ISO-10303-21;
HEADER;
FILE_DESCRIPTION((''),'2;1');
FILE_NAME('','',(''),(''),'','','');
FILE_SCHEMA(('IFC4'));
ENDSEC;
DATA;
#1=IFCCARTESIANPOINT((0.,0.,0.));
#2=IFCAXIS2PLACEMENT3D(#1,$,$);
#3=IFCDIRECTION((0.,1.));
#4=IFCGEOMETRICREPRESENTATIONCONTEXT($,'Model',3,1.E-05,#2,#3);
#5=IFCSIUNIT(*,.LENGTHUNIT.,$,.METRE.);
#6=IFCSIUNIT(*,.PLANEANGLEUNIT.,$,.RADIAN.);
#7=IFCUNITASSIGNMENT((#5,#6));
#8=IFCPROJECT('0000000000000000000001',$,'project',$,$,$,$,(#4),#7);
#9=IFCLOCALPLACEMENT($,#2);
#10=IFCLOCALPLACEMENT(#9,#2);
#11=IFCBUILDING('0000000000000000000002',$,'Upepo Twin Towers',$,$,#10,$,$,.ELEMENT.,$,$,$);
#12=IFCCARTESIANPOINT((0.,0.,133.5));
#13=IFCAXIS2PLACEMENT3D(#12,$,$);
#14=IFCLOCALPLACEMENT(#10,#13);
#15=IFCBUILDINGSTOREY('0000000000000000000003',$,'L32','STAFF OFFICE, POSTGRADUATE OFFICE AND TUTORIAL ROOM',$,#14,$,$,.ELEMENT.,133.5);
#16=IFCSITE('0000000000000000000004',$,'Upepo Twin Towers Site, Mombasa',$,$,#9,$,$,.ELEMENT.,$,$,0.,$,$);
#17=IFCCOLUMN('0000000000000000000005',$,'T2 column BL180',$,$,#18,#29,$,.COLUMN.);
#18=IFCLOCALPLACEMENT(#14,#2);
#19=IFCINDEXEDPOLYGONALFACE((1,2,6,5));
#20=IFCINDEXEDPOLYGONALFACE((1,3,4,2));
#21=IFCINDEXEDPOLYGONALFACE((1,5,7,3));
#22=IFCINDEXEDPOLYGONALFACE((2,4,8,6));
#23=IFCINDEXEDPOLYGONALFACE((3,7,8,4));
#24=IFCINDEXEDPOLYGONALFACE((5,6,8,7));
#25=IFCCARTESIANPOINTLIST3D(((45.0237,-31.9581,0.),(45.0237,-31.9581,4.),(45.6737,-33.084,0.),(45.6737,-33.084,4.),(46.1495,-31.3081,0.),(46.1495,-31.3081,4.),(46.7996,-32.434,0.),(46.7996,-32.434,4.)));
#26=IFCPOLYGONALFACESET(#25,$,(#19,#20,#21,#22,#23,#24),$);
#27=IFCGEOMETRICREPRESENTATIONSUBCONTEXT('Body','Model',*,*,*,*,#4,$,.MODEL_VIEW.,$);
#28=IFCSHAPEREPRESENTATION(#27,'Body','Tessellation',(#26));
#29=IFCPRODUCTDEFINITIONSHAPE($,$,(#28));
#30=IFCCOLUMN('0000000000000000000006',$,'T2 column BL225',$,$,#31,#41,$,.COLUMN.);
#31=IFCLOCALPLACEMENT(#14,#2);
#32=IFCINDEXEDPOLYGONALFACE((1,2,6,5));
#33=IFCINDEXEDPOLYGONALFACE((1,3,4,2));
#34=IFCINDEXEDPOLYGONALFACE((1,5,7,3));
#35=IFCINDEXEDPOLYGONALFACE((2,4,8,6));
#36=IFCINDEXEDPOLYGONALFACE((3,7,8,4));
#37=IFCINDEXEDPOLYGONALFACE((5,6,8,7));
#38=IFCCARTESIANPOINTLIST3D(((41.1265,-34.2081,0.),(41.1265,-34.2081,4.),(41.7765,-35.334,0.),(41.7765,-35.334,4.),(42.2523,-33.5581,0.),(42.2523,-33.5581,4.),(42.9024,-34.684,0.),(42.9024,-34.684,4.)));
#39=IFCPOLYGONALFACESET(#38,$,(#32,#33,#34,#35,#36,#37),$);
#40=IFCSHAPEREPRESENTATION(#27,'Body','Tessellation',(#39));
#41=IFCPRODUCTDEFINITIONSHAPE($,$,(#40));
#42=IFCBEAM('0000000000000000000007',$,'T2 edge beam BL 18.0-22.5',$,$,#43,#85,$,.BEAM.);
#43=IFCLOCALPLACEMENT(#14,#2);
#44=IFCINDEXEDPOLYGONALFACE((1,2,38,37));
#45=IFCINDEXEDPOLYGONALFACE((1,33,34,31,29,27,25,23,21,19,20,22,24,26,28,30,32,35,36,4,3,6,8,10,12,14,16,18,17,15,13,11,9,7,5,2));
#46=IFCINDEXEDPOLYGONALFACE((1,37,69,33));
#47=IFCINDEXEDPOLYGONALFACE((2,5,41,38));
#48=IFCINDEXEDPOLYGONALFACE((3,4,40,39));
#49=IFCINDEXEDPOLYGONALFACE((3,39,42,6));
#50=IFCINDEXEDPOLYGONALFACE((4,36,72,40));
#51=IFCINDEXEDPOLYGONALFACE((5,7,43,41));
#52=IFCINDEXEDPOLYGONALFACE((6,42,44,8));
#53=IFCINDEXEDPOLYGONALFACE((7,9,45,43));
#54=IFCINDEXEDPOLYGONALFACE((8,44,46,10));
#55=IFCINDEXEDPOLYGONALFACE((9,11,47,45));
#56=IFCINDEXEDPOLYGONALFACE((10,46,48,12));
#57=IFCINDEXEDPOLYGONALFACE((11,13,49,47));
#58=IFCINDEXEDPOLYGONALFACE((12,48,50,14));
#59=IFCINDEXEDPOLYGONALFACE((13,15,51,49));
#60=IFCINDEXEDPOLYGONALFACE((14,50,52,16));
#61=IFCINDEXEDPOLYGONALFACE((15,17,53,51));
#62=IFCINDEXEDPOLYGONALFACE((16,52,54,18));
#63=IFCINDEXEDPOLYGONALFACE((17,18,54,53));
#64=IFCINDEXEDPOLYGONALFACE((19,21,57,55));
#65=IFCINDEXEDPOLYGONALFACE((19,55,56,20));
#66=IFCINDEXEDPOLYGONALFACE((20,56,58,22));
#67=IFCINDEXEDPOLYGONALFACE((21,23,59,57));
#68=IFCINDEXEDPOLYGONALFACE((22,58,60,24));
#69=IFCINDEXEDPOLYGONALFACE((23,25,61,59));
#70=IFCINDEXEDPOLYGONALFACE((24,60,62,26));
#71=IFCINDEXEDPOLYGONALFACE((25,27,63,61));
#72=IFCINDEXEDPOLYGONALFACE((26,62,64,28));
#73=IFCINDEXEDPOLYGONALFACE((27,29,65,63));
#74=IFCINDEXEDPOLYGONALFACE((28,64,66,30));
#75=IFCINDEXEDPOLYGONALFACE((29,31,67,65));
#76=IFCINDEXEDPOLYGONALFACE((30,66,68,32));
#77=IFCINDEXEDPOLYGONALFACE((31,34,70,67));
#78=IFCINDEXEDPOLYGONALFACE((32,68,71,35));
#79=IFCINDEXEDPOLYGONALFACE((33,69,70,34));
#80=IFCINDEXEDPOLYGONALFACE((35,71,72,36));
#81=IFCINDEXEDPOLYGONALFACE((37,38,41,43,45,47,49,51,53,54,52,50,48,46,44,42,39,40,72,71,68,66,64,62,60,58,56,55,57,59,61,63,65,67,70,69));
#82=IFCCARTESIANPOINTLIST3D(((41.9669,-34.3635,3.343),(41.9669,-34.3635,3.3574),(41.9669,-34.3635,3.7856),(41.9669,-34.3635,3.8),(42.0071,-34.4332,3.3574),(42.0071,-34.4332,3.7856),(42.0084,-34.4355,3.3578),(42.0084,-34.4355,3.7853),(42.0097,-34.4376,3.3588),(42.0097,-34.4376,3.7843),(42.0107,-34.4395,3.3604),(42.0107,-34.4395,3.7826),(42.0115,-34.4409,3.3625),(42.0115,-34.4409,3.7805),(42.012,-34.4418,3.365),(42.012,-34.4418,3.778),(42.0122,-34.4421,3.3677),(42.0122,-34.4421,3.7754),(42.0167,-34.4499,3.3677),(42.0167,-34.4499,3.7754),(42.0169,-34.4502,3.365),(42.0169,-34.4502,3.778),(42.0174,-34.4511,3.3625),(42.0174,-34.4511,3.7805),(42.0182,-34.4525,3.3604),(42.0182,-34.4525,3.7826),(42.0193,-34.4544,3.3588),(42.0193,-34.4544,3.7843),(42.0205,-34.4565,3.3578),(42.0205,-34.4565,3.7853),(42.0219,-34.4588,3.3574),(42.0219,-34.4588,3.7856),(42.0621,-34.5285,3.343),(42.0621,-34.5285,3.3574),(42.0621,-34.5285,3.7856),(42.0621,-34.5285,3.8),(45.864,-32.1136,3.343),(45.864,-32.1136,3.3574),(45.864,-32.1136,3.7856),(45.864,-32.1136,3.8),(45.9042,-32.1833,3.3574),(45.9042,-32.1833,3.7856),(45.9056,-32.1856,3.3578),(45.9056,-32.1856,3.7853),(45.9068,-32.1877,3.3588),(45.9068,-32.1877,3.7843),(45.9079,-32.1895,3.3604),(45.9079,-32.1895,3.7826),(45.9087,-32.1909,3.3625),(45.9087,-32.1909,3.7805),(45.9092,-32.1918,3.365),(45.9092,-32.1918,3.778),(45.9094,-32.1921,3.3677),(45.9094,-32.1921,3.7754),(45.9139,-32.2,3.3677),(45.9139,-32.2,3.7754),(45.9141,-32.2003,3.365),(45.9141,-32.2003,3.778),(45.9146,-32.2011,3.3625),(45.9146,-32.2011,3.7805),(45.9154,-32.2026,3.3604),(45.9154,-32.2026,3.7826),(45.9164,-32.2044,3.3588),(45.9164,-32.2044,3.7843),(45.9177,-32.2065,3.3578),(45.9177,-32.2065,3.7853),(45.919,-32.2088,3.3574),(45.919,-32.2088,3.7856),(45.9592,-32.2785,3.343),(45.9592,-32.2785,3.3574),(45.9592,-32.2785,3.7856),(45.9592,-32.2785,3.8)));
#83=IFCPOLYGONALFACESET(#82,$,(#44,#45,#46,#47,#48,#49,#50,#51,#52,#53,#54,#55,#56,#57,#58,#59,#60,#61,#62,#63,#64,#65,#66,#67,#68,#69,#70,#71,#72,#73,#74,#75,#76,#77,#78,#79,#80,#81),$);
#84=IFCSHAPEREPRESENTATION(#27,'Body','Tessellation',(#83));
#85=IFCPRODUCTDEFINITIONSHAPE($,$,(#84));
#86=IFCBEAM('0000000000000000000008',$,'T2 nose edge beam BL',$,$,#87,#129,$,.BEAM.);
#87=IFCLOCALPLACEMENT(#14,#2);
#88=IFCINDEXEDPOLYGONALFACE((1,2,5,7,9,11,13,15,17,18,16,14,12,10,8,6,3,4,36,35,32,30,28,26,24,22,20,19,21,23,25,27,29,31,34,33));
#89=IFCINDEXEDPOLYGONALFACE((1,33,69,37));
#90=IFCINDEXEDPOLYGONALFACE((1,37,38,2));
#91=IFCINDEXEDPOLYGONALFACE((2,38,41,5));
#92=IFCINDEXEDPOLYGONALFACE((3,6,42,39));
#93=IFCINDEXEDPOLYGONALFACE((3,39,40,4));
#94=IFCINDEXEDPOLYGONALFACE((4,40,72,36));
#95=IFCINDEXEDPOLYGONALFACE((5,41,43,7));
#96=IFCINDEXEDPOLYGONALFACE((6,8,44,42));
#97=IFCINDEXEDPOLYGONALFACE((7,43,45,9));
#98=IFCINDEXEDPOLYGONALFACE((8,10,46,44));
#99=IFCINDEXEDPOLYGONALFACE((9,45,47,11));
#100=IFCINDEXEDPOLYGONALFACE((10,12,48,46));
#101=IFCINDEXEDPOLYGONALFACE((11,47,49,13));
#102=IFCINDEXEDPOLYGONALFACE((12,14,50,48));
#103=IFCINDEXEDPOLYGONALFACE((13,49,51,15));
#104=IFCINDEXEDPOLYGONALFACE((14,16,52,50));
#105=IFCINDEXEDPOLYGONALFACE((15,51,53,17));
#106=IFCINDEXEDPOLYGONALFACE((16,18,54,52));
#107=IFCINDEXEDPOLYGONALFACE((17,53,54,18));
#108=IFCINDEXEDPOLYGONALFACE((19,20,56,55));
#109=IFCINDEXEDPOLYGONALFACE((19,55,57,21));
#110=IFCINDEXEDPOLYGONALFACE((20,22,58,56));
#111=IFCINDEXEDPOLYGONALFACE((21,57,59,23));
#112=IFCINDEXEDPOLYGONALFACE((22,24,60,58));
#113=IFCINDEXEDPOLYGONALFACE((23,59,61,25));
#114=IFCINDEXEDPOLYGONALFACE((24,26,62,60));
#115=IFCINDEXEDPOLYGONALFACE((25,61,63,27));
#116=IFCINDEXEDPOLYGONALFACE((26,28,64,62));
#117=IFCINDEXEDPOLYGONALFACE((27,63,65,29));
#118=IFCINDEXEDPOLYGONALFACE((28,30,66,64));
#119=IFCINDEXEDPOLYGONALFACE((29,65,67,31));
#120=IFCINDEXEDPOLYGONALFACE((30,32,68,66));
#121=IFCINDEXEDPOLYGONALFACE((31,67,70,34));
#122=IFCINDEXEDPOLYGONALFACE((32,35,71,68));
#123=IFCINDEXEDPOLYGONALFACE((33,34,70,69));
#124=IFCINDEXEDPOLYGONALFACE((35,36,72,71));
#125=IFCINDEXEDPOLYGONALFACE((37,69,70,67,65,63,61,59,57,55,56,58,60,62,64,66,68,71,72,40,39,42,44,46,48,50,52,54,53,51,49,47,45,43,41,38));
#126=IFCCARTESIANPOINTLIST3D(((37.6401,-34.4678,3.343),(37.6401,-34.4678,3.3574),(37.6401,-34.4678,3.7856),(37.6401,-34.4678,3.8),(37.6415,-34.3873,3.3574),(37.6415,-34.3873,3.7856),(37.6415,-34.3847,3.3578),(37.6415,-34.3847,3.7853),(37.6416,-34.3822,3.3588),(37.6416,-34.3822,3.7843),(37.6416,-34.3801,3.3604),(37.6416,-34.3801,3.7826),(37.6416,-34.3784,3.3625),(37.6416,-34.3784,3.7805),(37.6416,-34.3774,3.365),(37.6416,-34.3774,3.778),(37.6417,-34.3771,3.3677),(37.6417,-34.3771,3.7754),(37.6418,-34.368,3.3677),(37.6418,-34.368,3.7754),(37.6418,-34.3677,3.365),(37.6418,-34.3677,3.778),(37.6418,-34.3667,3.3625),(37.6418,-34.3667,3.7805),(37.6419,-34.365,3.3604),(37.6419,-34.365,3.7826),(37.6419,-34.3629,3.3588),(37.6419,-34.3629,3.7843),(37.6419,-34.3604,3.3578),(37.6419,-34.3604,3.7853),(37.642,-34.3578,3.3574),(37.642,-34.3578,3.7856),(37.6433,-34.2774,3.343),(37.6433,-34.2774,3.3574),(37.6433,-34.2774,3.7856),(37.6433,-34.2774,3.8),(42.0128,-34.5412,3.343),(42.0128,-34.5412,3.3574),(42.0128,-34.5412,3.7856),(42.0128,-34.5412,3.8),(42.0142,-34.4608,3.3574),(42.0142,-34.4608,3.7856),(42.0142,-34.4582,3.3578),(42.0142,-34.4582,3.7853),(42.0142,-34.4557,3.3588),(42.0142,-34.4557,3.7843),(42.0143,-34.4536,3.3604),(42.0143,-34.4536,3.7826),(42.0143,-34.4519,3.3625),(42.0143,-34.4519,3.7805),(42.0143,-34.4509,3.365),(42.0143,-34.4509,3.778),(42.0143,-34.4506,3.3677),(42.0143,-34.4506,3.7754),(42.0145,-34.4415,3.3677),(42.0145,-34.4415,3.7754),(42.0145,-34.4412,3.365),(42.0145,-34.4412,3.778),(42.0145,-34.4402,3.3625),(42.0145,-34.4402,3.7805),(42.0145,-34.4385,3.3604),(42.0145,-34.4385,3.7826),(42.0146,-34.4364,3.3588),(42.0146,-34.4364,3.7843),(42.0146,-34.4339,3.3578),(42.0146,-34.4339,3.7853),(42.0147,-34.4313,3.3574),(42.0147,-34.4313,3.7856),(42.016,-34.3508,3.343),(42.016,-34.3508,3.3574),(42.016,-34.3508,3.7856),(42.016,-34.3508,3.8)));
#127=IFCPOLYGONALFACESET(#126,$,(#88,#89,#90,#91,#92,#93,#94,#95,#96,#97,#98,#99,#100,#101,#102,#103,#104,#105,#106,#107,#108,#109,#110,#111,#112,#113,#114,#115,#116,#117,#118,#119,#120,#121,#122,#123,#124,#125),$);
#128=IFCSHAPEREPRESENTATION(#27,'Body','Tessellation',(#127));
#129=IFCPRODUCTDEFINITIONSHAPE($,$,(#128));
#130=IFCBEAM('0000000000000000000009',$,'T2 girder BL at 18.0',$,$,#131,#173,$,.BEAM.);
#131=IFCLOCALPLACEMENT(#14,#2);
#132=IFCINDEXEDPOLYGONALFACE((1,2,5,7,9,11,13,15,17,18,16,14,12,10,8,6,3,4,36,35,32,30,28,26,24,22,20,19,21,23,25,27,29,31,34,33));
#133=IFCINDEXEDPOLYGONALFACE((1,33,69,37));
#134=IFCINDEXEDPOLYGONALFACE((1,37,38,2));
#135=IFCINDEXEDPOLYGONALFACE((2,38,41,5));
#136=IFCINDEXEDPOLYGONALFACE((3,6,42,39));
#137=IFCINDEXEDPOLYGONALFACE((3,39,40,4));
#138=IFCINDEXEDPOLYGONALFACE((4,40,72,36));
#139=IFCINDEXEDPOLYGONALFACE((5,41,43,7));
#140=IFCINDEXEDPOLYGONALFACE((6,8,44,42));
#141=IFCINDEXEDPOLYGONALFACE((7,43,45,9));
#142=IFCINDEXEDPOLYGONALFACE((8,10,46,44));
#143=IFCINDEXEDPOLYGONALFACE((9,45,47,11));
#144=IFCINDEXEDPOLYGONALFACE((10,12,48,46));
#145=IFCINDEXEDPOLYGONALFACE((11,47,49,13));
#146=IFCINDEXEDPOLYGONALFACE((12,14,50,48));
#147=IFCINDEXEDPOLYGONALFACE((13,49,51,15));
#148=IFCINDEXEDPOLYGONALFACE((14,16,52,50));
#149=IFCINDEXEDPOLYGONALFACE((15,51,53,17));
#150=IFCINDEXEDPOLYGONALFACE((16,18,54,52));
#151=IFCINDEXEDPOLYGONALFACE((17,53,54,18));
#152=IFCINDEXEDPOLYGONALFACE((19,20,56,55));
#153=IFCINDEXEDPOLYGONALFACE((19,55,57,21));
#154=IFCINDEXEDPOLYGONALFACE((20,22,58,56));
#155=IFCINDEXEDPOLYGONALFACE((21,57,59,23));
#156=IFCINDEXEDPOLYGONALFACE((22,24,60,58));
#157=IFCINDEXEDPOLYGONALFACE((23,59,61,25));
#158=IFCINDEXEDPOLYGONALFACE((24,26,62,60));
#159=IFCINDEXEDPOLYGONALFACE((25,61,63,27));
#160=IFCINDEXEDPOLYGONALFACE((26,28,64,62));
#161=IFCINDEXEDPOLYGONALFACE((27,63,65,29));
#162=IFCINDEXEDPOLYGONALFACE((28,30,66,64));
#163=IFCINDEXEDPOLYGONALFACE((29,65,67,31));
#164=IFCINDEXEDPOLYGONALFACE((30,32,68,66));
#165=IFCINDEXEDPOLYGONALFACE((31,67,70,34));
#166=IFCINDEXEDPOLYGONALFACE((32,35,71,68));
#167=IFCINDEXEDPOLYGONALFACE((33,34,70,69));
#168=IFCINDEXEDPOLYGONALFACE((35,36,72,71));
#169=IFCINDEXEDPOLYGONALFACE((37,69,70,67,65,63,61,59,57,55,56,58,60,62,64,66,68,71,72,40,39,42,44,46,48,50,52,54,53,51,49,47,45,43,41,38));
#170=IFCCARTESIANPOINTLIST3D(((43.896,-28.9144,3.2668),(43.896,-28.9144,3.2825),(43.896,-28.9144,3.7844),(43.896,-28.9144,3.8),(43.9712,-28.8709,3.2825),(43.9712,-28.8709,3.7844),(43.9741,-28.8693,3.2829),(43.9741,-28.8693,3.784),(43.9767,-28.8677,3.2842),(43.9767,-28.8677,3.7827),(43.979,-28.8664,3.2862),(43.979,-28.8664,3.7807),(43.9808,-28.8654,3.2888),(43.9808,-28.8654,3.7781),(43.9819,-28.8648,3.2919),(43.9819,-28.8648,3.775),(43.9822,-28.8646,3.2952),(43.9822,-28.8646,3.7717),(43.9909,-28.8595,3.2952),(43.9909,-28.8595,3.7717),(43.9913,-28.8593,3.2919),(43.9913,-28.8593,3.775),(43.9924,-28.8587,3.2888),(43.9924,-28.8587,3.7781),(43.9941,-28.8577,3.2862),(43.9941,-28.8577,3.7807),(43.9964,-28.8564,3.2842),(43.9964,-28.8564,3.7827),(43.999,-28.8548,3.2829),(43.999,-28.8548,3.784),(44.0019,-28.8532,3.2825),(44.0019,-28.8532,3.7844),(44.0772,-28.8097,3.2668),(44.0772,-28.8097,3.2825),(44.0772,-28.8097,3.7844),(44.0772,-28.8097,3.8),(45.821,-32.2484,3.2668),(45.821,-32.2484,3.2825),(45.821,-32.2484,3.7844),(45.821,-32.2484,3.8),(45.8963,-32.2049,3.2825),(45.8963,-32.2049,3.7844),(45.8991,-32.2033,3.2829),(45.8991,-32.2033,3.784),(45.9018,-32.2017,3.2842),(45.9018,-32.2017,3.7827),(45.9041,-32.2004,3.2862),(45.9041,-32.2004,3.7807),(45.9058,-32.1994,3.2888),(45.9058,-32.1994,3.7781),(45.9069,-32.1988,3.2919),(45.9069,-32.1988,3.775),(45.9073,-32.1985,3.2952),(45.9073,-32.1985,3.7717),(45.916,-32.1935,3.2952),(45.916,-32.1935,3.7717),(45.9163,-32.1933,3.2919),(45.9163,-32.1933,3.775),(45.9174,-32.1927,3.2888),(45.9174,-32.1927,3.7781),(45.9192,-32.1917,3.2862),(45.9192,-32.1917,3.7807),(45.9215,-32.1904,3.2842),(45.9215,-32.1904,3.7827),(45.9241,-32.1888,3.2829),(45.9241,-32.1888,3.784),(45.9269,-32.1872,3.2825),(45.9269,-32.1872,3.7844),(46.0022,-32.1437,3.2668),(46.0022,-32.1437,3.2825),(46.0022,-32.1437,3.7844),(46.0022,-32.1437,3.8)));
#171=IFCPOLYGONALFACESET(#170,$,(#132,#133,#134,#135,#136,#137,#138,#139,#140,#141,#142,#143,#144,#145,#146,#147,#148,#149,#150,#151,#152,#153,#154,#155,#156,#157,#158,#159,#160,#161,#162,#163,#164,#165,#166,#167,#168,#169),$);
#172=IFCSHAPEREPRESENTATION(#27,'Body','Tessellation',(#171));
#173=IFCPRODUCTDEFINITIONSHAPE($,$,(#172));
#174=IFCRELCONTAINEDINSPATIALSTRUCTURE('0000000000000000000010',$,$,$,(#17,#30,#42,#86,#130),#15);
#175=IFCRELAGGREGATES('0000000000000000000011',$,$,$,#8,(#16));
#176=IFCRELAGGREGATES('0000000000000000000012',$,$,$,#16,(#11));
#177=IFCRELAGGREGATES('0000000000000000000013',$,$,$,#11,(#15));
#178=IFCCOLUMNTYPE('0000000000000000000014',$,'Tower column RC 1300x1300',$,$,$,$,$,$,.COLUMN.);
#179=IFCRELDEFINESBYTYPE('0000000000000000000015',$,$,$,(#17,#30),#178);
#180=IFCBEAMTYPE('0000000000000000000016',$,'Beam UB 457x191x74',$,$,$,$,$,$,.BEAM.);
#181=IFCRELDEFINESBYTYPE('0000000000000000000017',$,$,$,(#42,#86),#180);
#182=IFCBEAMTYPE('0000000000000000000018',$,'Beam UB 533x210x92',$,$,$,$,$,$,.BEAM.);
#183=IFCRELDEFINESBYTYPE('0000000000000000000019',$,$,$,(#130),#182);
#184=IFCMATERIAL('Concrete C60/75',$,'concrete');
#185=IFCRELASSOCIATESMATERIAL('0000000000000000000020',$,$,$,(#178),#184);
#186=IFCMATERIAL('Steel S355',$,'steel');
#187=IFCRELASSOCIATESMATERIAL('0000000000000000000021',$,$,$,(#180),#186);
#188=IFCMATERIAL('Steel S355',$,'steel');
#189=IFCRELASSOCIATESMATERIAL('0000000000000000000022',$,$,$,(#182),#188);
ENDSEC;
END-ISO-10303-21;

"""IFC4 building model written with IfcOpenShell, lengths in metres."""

from ifc_helpers import new_model, si_unit, direction, frame, origin, origin_2d, place, context, subcontext, project, spatial, rectangle, i_section, extrude, material, material_profile, profile_set, type_object, element, save


model = new_model("IFC4")

# Units and contexts
model_context = context("Model", 3, precision=1e-05, world=origin(), true_north=direction((0.0, 1.0)))
body_context = subcontext(model_context, "Body", "Model", "MODEL_VIEW")
ifc_project = project(units=[si_unit("LENGTHUNIT", "METRE"), si_unit("PLANEANGLEUNIT", "RADIAN")], contexts=[model_context])

# Site, building, storey
site_placement = place(None, origin())
site = spatial("IfcSite", under=ifc_project, at=site_placement, Name="Upepo Twin Towers Site, Mombasa", CompositionType="ELEMENT", RefElevation=0.0)
building_placement = place(site_placement, origin())
building = spatial("IfcBuilding", under=site, at=building_placement, Name="Upepo Twin Towers", CompositionType="ELEMENT")
storey_placement = place(building_placement, frame((0.0, 0.0, 133.5)))
storey = spatial("IfcBuildingStorey", under=building, at=storey_placement, Name="L32", Description="STAFF OFFICE, POSTGRADUATE OFFICE AND TUTORIAL ROOM", CompositionType="ELEMENT", Elevation=133.5)

# Columns
ifc_material_1 = material(Name="Concrete C60/75", Category="concrete")
ifc_material_profile_1 = material_profile(ifc_material_1, rectangle(XDim=1.3, YDim=1.3, at=origin_2d()), Name="RC 1300x1300")
ifc_profile_set_1 = profile_set([ifc_material_profile_1], Name="Concrete C60/75")
column_type = type_object("IfcColumnType", Name="Tower column RC 1300x1300", PredefinedType="COLUMN", material=ifc_profile_set_1)
for number, where, z_axis, x_axis, name in (
    (1, (45.9116, -32.196, 0.0), (0.0, 0.0, 1.0), (0.866025, 0.5, 0.0), "T2 column BL180"),
    (2, (42.0144, -34.446, 0.0), (0.0, 0.0, 1.0), (0.866025, 0.5, 0.0), "T2 column BL225"),
):
    element("IfcColumn", number, at=place(storey_placement, frame(where, z_axis=z_axis, x_axis=x_axis)), inside=storey, type_object=column_type, Name=name, PredefinedType="COLUMN", context=body_context, shape_type="SweptSolid", body=[
        extrude(rectangle(XDim=1.3, YDim=1.3, at=origin_2d()), origin(), (0.0, 0.0, 1.0), 4.0),
    ])

# Beams
ifc_material_2 = material(Name="Steel S355", Category="steel")
ifc_material_profile_2 = material_profile(ifc_material_2, i_section(OverallWidth=0.1904, OverallDepth=0.457, WebThickness=0.009, FlangeThickness=0.0144, FilletRadius=0.0103, at=origin_2d()), Name="UB 457x191x74")
ifc_profile_set_2 = profile_set([ifc_material_profile_2], Name="Steel S355")
beam_type_1 = type_object("IfcBeamType", Name="Beam UB 457x191x74", PredefinedType="BEAM", material=ifc_profile_set_2)
beam_1_placement = place(storey_placement, frame((45.9116, -32.196, 3.5715), z_axis=(-0.866031, -0.49999, 0.0), x_axis=(0.49999, -0.866031, 0.0)))
element("IfcBeam", 3, at=beam_1_placement, inside=storey, type_object=beam_type_1, Name="T2 edge beam BL 18.0-22.5", PredefinedType="BEAM", context=body_context, shape_type="SweptSolid", body=[
    extrude(i_section(OverallWidth=0.1904, OverallDepth=0.457, WebThickness=0.009, FlangeThickness=0.0144, FilletRadius=0.0103, at=origin_2d()), origin(), (0.0, 0.0, 1.0), 4.5),
])
beam_2_placement = place(storey_placement, frame((42.0144, -34.446, 3.5715), z_axis=(-0.999859, 0.016804, 0.0), x_axis=(-0.016804, -0.999859, 0.0)))
element("IfcBeam", 4, at=beam_2_placement, inside=storey, type_object=beam_type_1, Name="T2 nose edge beam BL", PredefinedType="BEAM", context=body_context, shape_type="SweptSolid", body=[
    extrude(i_section(OverallWidth=0.1904, OverallDepth=0.457, WebThickness=0.009, FlangeThickness=0.0144, FilletRadius=0.0103, at=origin_2d()), origin(), (0.0, 0.0, 1.0), 4.3733),
])
ifc_material_3 = material(Name="Steel S355", Category="steel")
ifc_material_profile_3 = material_profile(ifc_material_3, i_section(OverallWidth=0.2092, OverallDepth=0.5332, WebThickness=0.01, FlangeThickness=0.0156, FilletRadius=0.0127, at=origin_2d()), Name="UB 533x210x92")
ifc_profile_set_3 = profile_set([ifc_material_profile_3], Name="Steel S355")
beam_type_2 = type_object("IfcBeamType", Name="Beam UB 533x210x92", PredefinedType="BEAM", material=ifc_profile_set_3)
for number, where, z_axis, x_axis, name in (
    (5, (45.9116, -32.196, 3.5334), (-0.500034, 0.866006, 0.0), (-0.866006, -0.500034, 0.0), "T2 girder BL at 18.0"),
):
    element("IfcBeam", number, at=place(storey_placement, frame(where, z_axis=z_axis, x_axis=x_axis)), inside=storey, type_object=beam_type_2, Name=name, PredefinedType="BEAM", context=body_context, shape_type="SweptSolid", body=[
        extrude(i_section(OverallWidth=0.2092, OverallDepth=0.5332, WebThickness=0.01, FlangeThickness=0.0156, FilletRadius=0.0127, at=origin_2d()), origin(), (0.0, 0.0, 1.0), 3.8499),
    ])

save(model, "model.ifc")
